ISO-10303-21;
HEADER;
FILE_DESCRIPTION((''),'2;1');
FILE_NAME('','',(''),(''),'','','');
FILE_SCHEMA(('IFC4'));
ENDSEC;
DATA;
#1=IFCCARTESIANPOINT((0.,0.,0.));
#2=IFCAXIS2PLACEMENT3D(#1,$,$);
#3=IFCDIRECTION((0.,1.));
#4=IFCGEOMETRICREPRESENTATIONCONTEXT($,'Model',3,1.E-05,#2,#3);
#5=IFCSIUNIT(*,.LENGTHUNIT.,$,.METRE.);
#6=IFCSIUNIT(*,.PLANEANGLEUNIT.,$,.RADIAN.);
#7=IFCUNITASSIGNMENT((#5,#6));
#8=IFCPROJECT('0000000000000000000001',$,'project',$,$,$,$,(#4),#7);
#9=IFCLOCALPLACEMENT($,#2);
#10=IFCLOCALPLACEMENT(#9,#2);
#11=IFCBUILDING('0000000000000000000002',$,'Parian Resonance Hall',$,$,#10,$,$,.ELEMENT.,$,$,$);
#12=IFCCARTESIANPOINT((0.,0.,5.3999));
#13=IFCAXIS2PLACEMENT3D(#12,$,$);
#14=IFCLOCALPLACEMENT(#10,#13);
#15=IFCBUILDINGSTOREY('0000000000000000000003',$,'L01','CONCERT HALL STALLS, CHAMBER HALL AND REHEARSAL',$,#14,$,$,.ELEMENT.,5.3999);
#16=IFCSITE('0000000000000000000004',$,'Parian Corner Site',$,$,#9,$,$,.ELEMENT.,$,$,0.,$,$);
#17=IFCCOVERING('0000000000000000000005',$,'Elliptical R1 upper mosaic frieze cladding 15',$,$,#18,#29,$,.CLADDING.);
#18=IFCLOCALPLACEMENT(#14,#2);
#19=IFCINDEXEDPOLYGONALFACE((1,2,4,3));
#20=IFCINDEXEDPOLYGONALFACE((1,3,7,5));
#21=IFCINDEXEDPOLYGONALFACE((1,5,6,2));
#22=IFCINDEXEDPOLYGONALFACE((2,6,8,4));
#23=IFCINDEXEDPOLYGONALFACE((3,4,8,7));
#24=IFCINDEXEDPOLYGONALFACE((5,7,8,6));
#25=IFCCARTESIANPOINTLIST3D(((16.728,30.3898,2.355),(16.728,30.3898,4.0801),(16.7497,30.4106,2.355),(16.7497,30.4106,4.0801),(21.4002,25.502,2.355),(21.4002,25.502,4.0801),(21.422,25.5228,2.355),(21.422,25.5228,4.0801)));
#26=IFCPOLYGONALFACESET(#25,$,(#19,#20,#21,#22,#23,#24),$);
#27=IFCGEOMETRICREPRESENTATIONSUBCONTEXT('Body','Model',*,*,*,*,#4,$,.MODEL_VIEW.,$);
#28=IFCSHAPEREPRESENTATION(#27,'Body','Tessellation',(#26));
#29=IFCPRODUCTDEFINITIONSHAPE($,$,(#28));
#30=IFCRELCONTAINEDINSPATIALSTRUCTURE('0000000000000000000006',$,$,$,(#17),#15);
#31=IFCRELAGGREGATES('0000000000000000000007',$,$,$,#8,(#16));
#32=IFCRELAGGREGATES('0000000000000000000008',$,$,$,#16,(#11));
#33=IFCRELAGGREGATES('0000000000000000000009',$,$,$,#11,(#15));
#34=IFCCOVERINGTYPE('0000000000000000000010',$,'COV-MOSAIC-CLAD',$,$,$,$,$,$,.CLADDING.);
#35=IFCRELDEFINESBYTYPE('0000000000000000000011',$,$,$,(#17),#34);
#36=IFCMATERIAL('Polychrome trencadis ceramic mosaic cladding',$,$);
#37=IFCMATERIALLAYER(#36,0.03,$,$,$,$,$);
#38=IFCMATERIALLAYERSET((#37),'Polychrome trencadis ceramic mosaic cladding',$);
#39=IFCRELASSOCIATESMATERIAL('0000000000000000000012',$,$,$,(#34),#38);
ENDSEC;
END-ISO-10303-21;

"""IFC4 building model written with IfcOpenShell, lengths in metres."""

from ifc_helpers import new_model, si_unit, direction, frame, origin, origin_2d, place, context, subcontext, project, spatial, rectangle, extrude, material, layer, layer_set, type_object, element, save


model = new_model("IFC4")

# Units and contexts
model_context = context("Model", 3, precision=1e-05, world=origin(), true_north=direction((0.0, 1.0)))
body_context = subcontext(model_context, "Body", "Model", "MODEL_VIEW")
ifc_project = project(units=[si_unit("LENGTHUNIT", "METRE"), si_unit("PLANEANGLEUNIT", "RADIAN")], contexts=[model_context])

# Site, building, storey
site_placement = place(None, origin())
site = spatial("IfcSite", under=ifc_project, at=site_placement, Name="Parian Corner Site", CompositionType="ELEMENT", RefElevation=0.0)
building_placement = place(site_placement, origin())
building = spatial("IfcBuilding", under=site, at=building_placement, Name="Parian Resonance Hall", CompositionType="ELEMENT")
storey_placement = place(building_placement, frame((0.0, 0.0, 5.3999)))
storey = spatial("IfcBuildingStorey", under=building, at=storey_placement, Name="L01", Description="CONCERT HALL STALLS, CHAMBER HALL AND REHEARSAL", CompositionType="ELEMENT", Elevation=5.3999)

# Covering
ifc_material_1 = material(Name="Polychrome trencadis ceramic mosaic cladding")
ifc_layer_1 = layer(ifc_material_1, 0.03)
ifc_layer_set_1 = layer_set([ifc_layer_1], Name="Polychrome trencadis ceramic mosaic cladding")
covering_type = type_object("IfcCoveringType", Name="COV-MOSAIC-CLAD", PredefinedType="CLADDING", material=ifc_layer_set_1)
covering_1_placement = place(storey_placement, frame((19.075, 27.9563, 2.355), z_axis=(0.0, 0.0, 1.0), x_axis=(-0.690992, 0.722862, 0.0)))
element("IfcCovering", 1, at=covering_1_placement, inside=storey, type_object=covering_type, Name="Elliptical R1 upper mosaic frieze cladding 15", PredefinedType="CLADDING", context=body_context, shape_type="SweptSolid", body=[
    extrude(rectangle(XDim=6.7617, YDim=0.03, at=origin_2d()), origin(), (0.0, 0.0, 1.0), 1.7251),
])

save(model, "model.ifc")
